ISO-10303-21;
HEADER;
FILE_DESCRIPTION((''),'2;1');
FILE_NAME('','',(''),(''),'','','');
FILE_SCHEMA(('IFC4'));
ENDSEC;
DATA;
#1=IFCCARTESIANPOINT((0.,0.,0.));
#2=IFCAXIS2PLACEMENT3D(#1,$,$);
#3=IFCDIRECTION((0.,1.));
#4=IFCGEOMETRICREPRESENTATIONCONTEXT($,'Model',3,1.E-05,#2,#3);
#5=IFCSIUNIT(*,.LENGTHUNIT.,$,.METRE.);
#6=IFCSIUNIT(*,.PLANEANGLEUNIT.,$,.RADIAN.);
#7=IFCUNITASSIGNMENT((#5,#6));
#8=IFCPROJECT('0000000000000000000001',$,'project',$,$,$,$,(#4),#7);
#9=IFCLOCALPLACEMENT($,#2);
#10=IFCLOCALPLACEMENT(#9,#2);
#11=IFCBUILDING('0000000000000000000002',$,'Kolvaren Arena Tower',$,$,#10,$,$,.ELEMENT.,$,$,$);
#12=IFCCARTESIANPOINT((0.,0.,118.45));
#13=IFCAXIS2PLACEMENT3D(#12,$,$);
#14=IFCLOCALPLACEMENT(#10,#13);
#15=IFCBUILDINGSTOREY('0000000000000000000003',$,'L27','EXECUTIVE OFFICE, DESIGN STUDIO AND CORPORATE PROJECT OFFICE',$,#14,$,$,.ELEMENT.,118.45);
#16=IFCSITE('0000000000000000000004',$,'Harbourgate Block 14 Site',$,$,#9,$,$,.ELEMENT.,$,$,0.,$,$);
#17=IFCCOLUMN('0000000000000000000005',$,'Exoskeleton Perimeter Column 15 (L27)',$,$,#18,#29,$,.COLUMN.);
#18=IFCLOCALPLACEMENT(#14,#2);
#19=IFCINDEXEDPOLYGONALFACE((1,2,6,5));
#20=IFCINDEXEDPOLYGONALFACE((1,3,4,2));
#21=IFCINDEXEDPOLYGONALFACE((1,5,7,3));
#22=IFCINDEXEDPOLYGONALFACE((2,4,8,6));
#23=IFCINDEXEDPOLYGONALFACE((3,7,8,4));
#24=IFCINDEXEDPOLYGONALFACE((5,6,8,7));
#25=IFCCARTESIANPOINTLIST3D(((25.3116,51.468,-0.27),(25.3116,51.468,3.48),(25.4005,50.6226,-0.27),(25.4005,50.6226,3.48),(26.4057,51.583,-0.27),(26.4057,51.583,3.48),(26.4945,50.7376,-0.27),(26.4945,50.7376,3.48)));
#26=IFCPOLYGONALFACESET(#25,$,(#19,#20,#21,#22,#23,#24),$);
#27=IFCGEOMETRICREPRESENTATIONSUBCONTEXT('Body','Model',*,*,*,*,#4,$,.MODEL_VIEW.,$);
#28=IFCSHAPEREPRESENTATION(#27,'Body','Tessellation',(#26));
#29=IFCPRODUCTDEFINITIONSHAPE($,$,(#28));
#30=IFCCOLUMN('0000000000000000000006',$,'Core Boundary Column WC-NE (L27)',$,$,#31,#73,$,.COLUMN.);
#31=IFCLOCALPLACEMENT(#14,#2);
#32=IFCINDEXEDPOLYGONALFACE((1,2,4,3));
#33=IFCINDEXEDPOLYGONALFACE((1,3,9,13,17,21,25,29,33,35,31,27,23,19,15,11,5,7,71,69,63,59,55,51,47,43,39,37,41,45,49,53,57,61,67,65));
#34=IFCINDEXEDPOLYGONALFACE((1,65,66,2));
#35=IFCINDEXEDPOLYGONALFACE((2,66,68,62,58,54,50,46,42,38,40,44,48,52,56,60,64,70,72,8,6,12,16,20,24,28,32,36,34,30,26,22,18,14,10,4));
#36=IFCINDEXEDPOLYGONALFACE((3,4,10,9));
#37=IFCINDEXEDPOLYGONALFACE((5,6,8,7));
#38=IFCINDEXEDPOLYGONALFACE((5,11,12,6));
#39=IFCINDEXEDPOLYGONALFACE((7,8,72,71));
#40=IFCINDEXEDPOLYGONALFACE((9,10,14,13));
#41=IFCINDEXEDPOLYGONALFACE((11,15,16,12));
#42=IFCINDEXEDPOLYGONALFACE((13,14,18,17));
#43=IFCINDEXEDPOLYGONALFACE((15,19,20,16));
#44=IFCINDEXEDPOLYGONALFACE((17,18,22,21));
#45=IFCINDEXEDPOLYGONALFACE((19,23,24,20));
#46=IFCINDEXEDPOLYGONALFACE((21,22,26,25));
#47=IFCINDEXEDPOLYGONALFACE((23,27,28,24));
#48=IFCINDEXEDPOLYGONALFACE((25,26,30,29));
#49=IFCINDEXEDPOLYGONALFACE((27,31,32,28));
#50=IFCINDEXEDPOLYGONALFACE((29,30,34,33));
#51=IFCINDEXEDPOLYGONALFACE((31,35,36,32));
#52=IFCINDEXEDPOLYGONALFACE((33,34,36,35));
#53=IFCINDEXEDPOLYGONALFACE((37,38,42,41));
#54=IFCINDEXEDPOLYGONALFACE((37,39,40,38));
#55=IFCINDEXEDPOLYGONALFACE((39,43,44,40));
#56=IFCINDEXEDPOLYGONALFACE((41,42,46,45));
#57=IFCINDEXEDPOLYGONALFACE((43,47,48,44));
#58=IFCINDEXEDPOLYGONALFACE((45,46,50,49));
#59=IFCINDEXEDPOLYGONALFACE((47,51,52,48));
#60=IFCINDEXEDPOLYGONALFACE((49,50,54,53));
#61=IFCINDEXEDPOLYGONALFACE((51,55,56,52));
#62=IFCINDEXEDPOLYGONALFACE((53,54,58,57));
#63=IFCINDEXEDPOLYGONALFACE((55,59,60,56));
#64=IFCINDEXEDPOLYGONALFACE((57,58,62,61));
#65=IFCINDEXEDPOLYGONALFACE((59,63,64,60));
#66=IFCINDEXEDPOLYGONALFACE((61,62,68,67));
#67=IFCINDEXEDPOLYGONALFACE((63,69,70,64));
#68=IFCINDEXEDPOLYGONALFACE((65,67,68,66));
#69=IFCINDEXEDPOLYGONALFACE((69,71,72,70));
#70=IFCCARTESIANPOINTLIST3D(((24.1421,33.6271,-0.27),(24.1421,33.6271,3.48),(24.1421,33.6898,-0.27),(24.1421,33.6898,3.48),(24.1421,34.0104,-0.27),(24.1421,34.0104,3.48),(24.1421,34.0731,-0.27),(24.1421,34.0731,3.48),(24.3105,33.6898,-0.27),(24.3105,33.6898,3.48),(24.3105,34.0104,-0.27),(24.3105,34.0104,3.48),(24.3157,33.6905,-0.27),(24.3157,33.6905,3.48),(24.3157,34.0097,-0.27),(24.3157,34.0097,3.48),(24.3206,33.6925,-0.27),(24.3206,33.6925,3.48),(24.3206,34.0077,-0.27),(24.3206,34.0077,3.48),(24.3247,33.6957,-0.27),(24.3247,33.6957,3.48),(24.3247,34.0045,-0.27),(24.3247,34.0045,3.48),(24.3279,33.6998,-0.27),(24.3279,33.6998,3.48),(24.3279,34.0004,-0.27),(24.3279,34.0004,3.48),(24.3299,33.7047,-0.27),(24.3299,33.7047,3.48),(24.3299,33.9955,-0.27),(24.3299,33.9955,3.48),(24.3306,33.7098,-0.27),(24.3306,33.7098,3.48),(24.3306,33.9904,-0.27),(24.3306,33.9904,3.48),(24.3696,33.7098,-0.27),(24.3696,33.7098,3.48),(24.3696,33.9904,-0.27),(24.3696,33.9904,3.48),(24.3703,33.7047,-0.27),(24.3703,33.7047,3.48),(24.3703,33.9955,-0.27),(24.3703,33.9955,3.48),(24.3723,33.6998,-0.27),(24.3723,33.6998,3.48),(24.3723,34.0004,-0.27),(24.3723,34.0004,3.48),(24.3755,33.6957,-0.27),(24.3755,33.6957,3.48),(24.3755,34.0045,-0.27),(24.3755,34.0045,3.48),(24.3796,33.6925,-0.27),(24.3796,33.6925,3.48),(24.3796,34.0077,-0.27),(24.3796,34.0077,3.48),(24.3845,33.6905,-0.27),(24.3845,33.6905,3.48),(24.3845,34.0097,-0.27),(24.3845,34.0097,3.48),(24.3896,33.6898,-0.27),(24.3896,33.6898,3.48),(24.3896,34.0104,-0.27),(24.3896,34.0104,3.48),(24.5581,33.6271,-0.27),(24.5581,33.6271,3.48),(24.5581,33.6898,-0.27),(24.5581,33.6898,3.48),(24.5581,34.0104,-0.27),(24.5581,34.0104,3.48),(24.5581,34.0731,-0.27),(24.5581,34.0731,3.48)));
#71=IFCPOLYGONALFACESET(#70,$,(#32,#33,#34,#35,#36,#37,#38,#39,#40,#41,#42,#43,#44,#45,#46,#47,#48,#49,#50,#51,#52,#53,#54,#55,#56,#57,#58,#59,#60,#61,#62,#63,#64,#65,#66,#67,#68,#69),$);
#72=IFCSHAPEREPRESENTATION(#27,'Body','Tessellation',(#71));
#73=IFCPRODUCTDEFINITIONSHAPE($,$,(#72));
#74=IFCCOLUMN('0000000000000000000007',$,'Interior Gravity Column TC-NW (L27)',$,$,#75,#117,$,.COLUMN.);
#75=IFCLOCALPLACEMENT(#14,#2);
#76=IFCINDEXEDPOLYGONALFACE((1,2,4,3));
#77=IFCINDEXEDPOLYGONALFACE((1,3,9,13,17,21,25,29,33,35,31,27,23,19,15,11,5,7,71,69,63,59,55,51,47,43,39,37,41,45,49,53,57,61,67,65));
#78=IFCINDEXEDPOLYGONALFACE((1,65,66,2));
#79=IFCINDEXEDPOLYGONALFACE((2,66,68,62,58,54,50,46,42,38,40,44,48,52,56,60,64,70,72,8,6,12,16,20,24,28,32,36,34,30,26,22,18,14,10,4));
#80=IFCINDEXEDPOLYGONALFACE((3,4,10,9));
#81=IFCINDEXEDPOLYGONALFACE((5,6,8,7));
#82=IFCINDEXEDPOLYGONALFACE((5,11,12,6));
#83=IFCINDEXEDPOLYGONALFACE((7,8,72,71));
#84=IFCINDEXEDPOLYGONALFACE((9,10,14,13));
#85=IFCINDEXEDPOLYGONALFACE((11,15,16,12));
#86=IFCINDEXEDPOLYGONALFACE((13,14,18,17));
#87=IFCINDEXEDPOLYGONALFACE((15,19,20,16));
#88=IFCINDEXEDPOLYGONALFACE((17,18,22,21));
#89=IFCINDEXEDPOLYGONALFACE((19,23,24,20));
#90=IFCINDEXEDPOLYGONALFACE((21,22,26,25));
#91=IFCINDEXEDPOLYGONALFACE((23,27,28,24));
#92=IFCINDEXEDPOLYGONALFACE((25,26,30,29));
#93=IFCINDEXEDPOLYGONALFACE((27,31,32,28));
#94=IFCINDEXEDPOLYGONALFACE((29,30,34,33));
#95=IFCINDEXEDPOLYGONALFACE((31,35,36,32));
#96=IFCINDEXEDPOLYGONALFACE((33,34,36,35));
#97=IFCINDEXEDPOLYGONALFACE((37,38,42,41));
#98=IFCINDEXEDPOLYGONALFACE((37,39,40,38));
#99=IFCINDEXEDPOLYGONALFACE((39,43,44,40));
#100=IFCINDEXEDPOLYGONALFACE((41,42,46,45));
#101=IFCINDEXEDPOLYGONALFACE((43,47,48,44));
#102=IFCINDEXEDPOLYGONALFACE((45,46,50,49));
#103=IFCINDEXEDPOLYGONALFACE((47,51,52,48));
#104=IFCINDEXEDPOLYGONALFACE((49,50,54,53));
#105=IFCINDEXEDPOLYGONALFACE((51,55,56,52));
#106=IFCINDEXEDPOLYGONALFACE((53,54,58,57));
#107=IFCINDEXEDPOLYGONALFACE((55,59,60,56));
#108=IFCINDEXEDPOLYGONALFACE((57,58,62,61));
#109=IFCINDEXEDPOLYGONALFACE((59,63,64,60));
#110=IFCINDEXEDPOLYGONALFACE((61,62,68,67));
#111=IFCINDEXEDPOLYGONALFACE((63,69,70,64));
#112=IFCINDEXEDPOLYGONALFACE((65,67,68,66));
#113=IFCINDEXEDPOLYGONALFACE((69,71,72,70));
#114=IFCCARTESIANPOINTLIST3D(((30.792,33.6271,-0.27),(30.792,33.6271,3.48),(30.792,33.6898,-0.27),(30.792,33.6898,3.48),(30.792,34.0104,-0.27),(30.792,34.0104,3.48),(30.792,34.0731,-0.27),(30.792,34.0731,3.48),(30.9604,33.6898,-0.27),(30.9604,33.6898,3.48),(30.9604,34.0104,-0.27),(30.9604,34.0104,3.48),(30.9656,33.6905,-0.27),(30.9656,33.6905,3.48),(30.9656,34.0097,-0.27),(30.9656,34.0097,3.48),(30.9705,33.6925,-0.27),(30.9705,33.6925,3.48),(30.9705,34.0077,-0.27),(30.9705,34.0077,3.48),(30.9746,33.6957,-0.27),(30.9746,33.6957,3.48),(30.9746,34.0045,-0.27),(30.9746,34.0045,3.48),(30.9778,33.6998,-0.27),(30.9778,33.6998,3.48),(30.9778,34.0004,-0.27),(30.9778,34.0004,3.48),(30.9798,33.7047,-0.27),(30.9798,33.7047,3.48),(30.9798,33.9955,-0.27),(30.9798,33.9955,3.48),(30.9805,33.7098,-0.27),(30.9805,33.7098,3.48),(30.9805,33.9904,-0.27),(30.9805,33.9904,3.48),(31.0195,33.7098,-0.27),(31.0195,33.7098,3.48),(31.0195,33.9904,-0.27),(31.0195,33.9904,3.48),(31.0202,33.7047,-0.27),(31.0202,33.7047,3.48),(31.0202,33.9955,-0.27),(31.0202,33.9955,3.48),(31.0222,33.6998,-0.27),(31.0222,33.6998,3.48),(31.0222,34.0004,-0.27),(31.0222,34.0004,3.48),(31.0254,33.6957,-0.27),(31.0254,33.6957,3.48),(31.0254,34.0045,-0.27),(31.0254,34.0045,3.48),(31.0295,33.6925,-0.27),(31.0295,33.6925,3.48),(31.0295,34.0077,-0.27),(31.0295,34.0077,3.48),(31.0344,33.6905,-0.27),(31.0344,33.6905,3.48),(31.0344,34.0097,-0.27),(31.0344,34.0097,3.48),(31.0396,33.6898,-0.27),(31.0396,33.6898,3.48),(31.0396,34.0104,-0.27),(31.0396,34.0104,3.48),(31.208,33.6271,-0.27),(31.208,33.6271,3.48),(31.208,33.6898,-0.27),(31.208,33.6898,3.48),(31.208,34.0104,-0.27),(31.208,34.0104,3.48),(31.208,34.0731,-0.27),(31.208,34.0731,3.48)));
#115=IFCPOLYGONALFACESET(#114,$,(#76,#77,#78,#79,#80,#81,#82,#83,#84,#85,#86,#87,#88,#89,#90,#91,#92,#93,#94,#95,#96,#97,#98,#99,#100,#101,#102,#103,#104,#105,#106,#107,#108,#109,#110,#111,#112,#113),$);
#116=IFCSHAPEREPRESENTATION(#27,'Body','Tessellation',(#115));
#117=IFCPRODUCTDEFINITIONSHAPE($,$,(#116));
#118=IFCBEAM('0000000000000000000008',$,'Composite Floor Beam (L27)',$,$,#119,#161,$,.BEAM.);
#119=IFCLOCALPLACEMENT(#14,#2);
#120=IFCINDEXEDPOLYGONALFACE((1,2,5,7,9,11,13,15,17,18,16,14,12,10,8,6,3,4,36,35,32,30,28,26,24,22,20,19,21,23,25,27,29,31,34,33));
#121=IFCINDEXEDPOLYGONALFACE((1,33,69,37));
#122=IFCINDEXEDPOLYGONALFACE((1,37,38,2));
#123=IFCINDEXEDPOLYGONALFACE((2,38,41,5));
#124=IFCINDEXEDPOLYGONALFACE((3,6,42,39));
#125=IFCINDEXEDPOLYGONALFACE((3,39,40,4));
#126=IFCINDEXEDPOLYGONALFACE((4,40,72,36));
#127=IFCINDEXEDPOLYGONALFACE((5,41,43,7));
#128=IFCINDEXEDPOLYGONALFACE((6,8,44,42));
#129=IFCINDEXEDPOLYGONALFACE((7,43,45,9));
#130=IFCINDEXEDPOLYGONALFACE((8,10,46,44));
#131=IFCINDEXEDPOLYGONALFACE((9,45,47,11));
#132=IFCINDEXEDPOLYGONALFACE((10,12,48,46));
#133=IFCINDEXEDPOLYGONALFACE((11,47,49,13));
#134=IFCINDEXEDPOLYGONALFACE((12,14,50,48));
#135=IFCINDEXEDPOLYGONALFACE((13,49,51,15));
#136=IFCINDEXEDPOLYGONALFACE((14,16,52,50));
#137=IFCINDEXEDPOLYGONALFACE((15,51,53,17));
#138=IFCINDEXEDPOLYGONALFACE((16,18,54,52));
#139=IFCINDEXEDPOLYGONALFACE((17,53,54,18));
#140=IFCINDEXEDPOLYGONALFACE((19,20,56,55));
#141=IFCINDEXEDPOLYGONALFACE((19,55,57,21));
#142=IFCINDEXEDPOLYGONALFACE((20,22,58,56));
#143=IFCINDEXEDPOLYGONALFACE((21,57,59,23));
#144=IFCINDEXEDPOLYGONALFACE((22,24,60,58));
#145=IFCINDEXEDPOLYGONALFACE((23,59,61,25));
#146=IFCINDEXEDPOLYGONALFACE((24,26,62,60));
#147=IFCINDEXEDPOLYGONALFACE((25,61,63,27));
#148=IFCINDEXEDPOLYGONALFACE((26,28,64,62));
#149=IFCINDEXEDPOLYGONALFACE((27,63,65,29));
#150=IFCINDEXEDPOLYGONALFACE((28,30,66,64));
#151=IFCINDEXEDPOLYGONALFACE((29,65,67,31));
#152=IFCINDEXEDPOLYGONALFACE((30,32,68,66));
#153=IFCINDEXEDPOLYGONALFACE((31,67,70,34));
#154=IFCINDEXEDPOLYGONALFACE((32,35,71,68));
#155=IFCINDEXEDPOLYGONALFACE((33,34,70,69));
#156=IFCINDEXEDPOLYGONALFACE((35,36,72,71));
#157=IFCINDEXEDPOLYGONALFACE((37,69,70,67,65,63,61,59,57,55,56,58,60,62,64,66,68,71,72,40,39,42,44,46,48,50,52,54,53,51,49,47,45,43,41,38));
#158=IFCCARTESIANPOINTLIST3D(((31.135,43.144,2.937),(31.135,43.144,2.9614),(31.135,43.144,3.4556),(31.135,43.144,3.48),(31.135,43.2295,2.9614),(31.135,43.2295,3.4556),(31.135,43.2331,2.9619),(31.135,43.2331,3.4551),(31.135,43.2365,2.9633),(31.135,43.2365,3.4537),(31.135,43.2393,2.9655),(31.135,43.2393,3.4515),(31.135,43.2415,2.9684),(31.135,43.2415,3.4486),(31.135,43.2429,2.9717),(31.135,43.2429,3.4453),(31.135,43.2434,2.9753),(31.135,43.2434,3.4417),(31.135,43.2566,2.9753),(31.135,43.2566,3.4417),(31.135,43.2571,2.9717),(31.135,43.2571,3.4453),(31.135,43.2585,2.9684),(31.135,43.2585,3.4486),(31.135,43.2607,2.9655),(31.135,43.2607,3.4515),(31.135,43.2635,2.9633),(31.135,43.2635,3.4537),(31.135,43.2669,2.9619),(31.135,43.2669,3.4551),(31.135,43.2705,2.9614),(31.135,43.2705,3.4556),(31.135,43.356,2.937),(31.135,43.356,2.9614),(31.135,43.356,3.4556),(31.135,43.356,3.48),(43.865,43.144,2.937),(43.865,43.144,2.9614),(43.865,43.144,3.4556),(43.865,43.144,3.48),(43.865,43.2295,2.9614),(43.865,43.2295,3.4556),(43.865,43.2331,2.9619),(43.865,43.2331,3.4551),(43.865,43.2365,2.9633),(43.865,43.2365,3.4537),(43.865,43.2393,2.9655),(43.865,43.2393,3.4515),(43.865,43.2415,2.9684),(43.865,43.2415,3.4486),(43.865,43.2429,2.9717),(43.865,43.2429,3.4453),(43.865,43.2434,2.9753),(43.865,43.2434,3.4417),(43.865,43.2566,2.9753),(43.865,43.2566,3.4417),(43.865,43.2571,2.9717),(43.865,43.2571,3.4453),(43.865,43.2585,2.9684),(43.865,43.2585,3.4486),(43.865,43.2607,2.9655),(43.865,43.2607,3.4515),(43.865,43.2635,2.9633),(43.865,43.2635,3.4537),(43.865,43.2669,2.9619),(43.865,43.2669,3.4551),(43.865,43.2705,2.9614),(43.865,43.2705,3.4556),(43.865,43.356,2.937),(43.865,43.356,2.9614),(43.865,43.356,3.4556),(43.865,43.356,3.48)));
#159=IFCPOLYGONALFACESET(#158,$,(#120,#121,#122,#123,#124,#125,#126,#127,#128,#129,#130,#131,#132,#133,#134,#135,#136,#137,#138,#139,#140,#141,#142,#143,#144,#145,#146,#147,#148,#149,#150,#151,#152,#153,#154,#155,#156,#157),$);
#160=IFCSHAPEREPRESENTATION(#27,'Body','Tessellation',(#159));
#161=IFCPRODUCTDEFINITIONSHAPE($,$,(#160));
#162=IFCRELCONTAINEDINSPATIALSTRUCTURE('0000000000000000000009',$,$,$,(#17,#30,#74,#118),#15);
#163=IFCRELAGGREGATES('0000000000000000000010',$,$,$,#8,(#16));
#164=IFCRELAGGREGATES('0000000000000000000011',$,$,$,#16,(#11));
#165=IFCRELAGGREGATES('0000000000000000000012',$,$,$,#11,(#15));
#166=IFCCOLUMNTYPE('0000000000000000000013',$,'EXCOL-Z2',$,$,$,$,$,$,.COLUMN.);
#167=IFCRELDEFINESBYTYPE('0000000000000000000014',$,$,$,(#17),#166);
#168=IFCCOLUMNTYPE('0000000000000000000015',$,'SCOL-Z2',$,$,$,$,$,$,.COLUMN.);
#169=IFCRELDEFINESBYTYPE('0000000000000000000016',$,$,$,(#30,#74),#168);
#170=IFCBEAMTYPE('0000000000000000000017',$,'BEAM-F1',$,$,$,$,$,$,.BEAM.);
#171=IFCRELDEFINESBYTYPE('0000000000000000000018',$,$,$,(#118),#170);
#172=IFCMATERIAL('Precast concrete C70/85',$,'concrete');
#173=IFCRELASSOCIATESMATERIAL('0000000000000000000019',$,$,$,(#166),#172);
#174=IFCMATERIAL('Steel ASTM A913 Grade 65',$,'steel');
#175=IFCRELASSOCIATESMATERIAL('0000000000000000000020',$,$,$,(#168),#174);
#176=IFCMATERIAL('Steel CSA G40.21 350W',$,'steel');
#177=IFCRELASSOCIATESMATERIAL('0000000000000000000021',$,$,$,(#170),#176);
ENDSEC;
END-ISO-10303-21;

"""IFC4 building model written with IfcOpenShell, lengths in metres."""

from ifc_helpers import new_model, si_unit, direction, frame, origin, origin_2d, place, context, subcontext, project, spatial, rectangle, i_section, extrude, material, material_profile, profile_set, type_object, element, save


model = new_model("IFC4")

# Units and contexts
model_context = context("Model", 3, precision=1e-05, world=origin(), true_north=direction((0.0, 1.0)))
body_context = subcontext(model_context, "Body", "Model", "MODEL_VIEW")
ifc_project = project(units=[si_unit("LENGTHUNIT", "METRE"), si_unit("PLANEANGLEUNIT", "RADIAN")], contexts=[model_context])

# Site, building, storey
site_placement = place(None, origin())
site = spatial("IfcSite", under=ifc_project, at=site_placement, Name="Harbourgate Block 14 Site", CompositionType="ELEMENT", RefElevation=0.0)
building_placement = place(site_placement, origin())
building = spatial("IfcBuilding", under=site, at=building_placement, Name="Kolvaren Arena Tower", CompositionType="ELEMENT")
storey_placement = place(building_placement, frame((0.0, 0.0, 118.45)))
storey = spatial("IfcBuildingStorey", under=building, at=storey_placement, Name="L27", Description="EXECUTIVE OFFICE, DESIGN STUDIO AND CORPORATE PROJECT OFFICE", CompositionType="ELEMENT", Elevation=118.45)

# Columns
ifc_material_1 = material(Name="Precast concrete C70/85", Category="concrete")
ifc_material_profile_1 = material_profile(ifc_material_1, rectangle(XDim=1.1001, YDim=0.8501, at=origin_2d()), Name="RC-1100x850")
ifc_profile_set_1 = profile_set([ifc_material_profile_1], Name="Precast concrete C70/85")
column_type_1 = type_object("IfcColumnType", Name="EXCOL-Z2", PredefinedType="COLUMN", material=ifc_profile_set_1)
column_placement = place(storey_placement, frame((25.9031, 51.1028, -0.27), z_axis=(0.0, 0.0, 1.0), x_axis=(0.994522, 0.104528, 0.0)))
element("IfcColumn", 1, at=column_placement, inside=storey, type_object=column_type_1, Name="Exoskeleton Perimeter Column 15 (L27)", PredefinedType="COLUMN", context=body_context, shape_type="SweptSolid", body=[
    extrude(rectangle(XDim=1.1001, YDim=0.8501, at=origin_2d()), origin(), (0.0, 0.0, 1.0), 3.75),
])
ifc_material_2 = material(Name="Steel ASTM A913 Grade 65", Category="steel")
ifc_material_profile_2 = material_profile(ifc_material_2, i_section(OverallWidth=0.416, OverallDepth=0.446, WebThickness=0.0391, FlangeThickness=0.0627, FilletRadius=0.02, at=origin_2d()), Name="W360x509")
ifc_profile_set_2 = profile_set([ifc_material_profile_2], Name="Steel ASTM A913 Grade 65")
column_type_2 = type_object("IfcColumnType", Name="SCOL-Z2", PredefinedType="COLUMN", material=ifc_profile_set_2)
for number, where, z_axis, x_axis, name in (
    (2, (24.3501, 33.8501, -0.27), (0.0, 0.0, 1.0), (1.0, 0.0, 0.0), "Core Boundary Column WC-NE (L27)"),
    (3, (31.0, 33.8501, -0.27), (0.0, 0.0, 1.0), (1.0, 0.0, 0.0), "Interior Gravity Column TC-NW (L27)"),
):
    element("IfcColumn", number, at=place(storey_placement, frame(where, z_axis=z_axis, x_axis=x_axis)), inside=storey, type_object=column_type_2, Name=name, PredefinedType="COLUMN", context=body_context, shape_type="SweptSolid", body=[
        extrude(i_section(OverallWidth=0.416, OverallDepth=0.446, WebThickness=0.0391, FlangeThickness=0.0627, FilletRadius=0.02, at=origin_2d()), origin(), (0.0, 0.0, 1.0), 3.75),
    ])

# Beam
ifc_material_3 = material(Name="Steel CSA G40.21 350W", Category="steel")
ifc_material_profile_3 = material_profile(ifc_material_3, i_section(OverallWidth=0.2119, OverallDepth=0.543, WebThickness=0.0132, FlangeThickness=0.0244, FilletRadius=0.0139, at=origin_2d()), Name="W530x150")
ifc_profile_set_3 = profile_set([ifc_material_profile_3], Name="Steel CSA G40.21 350W")
beam_type_1 = type_object("IfcBeamType", Name="BEAM-F1", PredefinedType="BEAM", material=ifc_profile_set_3)
beam_1_placement = place(storey_placement, frame((31.135, 43.25, 3.2085), z_axis=(1.0, 0.0, 0.0), x_axis=(0.0, 1.0, 0.0)))
element("IfcBeam", 4, at=beam_1_placement, inside=storey, type_object=beam_type_1, Name="Composite Floor Beam (L27)", PredefinedType="BEAM", context=body_context, shape_type="SweptSolid", body=[
    extrude(i_section(OverallWidth=0.2119, OverallDepth=0.543, WebThickness=0.0132, FlangeThickness=0.0244, FilletRadius=0.0139, at=origin_2d()), origin(), (0.0, 0.0, 1.0), 12.73),
])

save(model, "model.ifc")
